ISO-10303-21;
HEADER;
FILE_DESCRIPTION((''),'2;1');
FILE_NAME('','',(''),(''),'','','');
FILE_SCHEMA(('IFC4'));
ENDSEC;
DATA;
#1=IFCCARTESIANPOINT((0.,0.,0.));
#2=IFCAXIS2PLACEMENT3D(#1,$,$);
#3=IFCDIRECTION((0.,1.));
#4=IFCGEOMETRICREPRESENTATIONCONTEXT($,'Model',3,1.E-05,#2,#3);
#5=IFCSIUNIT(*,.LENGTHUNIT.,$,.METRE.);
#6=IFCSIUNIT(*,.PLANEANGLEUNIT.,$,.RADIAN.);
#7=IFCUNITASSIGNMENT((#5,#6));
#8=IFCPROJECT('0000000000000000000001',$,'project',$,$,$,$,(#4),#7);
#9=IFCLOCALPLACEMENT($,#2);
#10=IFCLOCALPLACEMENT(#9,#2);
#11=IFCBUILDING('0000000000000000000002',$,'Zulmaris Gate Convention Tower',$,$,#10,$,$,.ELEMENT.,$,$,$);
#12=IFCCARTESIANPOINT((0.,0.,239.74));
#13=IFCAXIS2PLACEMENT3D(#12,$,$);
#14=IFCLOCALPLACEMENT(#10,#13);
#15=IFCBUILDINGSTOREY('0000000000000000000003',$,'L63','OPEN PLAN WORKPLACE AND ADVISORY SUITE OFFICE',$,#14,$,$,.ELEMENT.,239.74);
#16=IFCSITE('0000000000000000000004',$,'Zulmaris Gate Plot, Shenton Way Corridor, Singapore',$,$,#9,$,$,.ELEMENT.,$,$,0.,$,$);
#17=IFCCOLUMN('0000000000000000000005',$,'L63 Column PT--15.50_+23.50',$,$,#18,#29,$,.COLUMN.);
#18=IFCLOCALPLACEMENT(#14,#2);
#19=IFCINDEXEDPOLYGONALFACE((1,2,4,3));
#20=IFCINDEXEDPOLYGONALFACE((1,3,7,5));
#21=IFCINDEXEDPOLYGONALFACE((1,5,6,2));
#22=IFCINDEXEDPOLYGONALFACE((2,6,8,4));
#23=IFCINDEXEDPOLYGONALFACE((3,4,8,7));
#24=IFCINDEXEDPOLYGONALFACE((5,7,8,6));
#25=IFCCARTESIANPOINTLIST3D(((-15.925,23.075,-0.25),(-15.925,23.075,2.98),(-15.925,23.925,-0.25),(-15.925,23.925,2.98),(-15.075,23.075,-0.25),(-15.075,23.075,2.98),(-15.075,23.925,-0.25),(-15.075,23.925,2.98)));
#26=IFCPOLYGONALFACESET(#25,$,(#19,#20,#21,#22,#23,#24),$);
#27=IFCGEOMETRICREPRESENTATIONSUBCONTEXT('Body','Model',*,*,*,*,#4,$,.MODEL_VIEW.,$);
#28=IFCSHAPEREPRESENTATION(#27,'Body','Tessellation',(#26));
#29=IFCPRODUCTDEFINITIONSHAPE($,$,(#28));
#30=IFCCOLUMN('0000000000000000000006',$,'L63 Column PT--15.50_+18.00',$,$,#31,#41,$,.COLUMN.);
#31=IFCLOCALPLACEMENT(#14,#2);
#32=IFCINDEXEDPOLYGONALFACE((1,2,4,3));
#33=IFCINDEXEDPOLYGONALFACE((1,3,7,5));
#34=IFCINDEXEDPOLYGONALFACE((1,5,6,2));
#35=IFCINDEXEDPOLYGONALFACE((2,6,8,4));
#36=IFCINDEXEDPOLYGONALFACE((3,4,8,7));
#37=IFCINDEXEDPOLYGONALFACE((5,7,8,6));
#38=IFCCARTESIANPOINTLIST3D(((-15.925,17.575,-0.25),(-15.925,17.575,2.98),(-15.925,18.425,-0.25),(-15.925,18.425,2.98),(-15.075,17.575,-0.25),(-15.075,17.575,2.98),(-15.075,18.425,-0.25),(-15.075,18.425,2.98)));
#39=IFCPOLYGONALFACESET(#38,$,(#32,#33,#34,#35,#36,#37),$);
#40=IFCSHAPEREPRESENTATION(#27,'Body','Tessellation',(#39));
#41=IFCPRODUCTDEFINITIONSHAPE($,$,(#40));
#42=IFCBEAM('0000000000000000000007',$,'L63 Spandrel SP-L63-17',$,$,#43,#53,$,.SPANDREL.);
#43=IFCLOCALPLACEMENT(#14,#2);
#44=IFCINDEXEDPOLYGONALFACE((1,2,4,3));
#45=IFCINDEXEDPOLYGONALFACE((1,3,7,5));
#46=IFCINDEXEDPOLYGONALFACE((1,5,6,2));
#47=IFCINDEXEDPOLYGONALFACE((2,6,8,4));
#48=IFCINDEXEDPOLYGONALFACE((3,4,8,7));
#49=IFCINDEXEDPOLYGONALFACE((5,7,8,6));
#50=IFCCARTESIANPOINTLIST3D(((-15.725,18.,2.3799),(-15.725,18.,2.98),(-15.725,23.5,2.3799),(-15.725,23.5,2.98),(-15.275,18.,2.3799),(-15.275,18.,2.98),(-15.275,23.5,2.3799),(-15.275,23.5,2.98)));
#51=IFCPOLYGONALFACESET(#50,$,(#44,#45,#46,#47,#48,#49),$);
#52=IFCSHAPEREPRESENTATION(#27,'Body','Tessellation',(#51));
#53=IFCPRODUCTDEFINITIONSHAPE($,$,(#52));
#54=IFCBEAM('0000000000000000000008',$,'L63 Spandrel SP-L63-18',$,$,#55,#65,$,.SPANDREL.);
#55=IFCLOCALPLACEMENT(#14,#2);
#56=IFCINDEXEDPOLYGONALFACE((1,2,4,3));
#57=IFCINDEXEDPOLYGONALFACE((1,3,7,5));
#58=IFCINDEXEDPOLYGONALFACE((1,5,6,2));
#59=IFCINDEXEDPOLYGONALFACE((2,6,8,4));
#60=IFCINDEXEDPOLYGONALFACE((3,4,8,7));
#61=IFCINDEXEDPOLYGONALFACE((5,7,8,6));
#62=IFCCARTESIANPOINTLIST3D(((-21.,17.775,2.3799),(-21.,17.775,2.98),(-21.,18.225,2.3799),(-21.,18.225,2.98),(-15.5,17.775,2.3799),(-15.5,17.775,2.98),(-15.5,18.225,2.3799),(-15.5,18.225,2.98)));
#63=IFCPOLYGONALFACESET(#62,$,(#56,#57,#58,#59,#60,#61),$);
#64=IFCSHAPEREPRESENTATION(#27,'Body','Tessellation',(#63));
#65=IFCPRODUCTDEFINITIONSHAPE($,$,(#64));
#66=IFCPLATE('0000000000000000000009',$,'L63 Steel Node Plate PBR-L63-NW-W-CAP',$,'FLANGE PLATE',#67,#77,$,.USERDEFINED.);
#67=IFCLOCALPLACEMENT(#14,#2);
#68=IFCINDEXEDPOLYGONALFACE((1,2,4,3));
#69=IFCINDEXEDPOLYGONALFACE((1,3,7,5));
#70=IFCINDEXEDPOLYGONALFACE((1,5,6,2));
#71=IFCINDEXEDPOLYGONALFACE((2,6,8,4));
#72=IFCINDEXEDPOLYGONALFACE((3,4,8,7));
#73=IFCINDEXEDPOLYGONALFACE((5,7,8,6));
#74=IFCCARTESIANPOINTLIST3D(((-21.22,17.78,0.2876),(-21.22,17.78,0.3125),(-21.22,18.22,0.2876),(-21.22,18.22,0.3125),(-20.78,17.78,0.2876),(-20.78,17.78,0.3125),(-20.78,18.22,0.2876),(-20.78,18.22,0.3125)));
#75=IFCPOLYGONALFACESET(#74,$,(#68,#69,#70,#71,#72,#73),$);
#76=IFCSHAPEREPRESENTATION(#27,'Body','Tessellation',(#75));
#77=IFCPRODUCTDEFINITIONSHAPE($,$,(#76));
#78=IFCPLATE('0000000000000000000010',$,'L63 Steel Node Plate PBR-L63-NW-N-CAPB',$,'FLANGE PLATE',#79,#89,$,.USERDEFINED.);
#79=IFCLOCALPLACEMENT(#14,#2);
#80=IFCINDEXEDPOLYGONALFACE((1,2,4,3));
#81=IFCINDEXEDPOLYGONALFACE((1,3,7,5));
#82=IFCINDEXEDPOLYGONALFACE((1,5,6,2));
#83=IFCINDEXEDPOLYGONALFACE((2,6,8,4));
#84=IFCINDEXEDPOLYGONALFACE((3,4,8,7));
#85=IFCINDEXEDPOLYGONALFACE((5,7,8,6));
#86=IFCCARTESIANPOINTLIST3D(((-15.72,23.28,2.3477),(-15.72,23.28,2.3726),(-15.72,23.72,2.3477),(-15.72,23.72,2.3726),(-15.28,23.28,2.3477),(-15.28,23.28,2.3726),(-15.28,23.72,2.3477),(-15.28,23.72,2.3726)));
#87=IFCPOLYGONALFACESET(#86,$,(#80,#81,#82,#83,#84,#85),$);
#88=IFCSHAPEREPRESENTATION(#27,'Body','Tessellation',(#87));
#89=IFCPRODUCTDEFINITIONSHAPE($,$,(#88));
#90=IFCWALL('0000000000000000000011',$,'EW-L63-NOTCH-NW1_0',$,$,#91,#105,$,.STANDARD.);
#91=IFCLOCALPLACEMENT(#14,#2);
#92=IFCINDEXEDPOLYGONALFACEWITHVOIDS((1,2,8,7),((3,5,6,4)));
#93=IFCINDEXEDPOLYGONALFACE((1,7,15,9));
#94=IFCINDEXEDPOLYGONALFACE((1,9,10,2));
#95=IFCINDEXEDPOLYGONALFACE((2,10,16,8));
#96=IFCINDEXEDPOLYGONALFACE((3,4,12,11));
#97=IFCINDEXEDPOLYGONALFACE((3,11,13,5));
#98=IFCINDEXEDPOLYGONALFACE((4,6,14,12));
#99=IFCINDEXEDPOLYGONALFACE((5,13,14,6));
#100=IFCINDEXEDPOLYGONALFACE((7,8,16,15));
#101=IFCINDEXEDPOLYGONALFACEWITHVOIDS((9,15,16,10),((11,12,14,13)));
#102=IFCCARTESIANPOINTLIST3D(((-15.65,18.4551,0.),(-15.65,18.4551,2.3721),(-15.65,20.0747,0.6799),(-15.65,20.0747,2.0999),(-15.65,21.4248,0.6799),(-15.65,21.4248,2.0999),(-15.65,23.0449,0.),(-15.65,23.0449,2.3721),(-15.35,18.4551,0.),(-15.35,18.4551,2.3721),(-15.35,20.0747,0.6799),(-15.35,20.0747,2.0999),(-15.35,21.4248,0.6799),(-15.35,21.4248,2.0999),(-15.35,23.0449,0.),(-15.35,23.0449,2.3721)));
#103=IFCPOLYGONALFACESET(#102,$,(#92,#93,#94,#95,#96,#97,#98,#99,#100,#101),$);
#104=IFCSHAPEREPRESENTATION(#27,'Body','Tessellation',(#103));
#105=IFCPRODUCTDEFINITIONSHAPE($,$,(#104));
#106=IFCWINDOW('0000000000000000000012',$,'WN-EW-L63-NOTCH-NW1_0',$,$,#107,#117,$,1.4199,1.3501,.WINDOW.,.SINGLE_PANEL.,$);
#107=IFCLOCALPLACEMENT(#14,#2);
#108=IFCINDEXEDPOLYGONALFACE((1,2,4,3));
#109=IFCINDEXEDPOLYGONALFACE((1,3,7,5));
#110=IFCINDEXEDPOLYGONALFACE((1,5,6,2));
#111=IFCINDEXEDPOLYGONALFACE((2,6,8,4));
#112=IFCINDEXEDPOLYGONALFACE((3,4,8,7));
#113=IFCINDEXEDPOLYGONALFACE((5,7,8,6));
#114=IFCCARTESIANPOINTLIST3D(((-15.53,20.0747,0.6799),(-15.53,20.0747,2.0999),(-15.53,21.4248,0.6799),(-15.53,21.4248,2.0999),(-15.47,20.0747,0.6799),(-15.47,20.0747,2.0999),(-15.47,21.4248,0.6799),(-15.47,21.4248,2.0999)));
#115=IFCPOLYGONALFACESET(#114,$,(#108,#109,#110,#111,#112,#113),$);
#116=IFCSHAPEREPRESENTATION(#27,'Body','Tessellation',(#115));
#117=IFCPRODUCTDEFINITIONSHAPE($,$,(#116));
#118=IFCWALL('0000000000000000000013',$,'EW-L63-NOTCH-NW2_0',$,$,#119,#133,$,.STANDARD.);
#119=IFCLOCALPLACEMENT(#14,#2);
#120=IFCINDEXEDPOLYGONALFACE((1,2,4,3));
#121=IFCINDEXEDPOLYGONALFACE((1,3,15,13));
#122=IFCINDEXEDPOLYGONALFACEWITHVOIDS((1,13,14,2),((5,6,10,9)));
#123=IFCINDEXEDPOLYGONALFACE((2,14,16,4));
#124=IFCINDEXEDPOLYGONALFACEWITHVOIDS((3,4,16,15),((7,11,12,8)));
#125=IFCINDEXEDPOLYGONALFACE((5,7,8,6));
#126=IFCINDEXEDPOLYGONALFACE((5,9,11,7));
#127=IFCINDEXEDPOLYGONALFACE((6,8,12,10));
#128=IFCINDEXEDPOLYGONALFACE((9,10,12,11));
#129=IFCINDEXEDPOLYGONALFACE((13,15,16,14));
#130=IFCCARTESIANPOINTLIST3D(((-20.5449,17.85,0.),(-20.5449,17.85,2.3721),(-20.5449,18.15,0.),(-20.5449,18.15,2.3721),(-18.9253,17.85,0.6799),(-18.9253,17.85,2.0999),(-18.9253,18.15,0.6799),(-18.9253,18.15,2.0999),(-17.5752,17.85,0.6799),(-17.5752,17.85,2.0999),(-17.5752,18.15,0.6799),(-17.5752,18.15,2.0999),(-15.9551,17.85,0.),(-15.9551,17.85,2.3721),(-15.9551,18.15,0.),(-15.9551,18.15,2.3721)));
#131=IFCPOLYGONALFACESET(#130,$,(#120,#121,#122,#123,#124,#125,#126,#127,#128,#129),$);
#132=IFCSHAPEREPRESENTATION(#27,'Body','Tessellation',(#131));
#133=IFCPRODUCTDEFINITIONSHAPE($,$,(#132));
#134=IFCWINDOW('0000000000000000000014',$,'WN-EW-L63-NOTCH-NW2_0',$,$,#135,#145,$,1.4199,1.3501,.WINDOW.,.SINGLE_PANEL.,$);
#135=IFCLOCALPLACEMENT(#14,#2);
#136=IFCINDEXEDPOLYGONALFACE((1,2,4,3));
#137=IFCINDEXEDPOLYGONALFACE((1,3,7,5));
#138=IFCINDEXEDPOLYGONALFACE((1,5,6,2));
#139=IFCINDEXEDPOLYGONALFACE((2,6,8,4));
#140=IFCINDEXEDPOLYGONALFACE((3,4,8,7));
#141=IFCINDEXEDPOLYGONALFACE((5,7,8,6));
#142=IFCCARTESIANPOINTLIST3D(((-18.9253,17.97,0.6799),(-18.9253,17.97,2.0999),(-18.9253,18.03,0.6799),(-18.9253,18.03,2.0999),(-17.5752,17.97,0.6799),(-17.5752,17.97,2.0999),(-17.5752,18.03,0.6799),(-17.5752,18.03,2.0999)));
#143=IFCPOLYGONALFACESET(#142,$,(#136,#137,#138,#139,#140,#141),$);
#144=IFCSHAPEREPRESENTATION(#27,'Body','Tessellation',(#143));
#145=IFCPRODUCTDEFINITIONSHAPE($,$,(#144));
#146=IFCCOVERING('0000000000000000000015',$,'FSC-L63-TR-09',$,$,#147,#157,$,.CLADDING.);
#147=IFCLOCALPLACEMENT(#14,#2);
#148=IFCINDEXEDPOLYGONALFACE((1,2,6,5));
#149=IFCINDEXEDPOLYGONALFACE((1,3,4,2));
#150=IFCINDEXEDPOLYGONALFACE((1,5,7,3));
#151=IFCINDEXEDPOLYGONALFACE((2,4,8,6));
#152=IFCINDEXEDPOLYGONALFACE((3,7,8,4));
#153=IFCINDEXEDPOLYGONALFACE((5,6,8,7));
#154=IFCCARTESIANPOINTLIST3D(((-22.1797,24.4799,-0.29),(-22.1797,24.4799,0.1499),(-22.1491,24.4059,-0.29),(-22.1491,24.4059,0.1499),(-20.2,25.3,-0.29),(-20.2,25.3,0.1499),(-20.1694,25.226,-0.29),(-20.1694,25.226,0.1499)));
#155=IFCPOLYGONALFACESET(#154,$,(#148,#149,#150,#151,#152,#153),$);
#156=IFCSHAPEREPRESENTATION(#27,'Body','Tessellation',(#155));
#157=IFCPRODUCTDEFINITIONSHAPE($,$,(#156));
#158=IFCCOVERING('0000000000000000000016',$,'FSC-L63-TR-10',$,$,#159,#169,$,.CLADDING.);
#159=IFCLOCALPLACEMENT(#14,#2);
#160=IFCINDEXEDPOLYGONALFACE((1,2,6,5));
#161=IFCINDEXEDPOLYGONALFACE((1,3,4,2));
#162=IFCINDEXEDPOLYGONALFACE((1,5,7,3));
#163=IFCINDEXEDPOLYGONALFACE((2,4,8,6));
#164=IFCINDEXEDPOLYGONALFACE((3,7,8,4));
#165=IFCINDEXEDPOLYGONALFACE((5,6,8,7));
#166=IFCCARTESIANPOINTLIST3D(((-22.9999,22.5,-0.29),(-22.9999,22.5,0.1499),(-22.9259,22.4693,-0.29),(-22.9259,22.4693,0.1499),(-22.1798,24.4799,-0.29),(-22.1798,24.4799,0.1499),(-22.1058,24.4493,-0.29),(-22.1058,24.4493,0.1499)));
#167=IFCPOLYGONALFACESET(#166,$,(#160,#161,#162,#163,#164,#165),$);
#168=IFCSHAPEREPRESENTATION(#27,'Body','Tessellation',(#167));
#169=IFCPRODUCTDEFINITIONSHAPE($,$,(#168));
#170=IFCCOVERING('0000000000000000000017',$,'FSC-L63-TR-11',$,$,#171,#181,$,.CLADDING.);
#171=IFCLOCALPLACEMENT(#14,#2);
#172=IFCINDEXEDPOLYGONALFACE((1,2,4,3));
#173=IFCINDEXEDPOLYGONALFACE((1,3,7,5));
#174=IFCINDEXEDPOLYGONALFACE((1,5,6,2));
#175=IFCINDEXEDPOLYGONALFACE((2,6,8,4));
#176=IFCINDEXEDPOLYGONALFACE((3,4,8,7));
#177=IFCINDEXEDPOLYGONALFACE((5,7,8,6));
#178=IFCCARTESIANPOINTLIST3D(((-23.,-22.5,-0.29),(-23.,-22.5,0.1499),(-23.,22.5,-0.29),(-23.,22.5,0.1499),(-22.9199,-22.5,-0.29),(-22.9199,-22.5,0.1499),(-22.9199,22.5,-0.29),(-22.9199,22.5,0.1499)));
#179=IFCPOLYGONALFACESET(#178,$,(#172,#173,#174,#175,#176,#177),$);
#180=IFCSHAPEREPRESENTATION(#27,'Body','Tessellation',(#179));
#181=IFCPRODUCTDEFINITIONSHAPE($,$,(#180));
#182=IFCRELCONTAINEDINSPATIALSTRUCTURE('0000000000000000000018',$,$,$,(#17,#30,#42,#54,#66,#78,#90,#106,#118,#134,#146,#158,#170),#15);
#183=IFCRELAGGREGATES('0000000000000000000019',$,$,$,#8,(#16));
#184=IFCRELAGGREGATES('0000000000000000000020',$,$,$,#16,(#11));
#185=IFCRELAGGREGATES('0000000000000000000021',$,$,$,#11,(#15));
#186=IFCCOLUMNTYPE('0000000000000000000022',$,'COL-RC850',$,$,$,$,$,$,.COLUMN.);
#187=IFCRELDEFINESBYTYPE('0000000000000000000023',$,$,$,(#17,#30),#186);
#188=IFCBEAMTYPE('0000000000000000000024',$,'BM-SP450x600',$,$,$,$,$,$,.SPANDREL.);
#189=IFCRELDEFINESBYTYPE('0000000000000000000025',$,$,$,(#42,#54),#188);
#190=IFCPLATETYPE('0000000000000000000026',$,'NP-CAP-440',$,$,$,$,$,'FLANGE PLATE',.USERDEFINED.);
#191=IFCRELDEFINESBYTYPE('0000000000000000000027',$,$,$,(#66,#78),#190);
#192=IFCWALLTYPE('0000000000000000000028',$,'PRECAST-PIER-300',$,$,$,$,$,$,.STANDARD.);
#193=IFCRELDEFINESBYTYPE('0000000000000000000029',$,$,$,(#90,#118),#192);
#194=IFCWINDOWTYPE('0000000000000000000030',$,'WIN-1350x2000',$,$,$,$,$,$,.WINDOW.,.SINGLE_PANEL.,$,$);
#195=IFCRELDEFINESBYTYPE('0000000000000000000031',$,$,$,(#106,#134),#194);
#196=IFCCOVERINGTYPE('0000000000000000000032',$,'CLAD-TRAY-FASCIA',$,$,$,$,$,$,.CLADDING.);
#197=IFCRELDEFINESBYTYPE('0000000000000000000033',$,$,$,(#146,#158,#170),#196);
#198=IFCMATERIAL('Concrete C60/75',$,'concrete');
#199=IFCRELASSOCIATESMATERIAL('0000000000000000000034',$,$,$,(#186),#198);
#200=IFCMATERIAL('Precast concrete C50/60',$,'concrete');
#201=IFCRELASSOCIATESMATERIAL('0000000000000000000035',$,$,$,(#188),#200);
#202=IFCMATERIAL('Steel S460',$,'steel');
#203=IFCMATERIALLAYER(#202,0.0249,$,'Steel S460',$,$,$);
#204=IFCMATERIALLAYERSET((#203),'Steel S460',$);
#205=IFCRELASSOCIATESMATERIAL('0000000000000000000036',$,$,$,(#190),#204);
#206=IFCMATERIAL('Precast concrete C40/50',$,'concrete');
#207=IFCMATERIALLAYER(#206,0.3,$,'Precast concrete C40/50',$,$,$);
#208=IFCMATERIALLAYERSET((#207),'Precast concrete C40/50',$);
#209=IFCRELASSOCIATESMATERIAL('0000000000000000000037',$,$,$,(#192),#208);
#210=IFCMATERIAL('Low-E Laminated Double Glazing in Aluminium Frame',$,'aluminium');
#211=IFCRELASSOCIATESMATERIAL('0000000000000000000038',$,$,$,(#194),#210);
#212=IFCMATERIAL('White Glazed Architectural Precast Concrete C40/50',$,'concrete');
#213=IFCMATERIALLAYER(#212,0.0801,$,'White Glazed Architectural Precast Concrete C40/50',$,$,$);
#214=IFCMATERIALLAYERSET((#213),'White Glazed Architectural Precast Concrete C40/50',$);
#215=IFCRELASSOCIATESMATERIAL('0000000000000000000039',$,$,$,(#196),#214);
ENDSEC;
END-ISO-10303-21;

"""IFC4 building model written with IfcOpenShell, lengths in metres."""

from ifc_helpers import new_model, si_unit, direction, frame, frame_2d, origin, origin_2d, place, context, subcontext, project, spatial, rectangle, extrude, material, layer, layer_set, material_profile, profile_set, type_object, element, fill, save


model = new_model("IFC4")

# Units and contexts
model_context = context("Model", 3, precision=1e-05, world=origin(), true_north=direction((0.0, 1.0)))
body_context = subcontext(model_context, "Body", "Model", "MODEL_VIEW")
ifc_project = project(units=[si_unit("LENGTHUNIT", "METRE"), si_unit("PLANEANGLEUNIT", "RADIAN")], contexts=[model_context])

# Site, building, storey
site_placement = place(None, origin())
site = spatial("IfcSite", under=ifc_project, at=site_placement, Name="Zulmaris Gate Plot, Shenton Way Corridor, Singapore", CompositionType="ELEMENT", RefElevation=0.0)
building_placement = place(site_placement, origin())
building = spatial("IfcBuilding", under=site, at=building_placement, Name="Zulmaris Gate Convention Tower", CompositionType="ELEMENT")
storey_placement = place(building_placement, frame((0.0, 0.0, 239.74)))
storey = spatial("IfcBuildingStorey", under=building, at=storey_placement, Name="L63", Description="OPEN PLAN WORKPLACE AND ADVISORY SUITE OFFICE", CompositionType="ELEMENT", Elevation=239.74)

# Columns
ifc_material_1 = material(Name="Concrete C60/75", Category="concrete")
ifc_material_profile_1 = material_profile(ifc_material_1, rectangle(XDim=0.8501, YDim=0.8501, at=origin_2d()), Name="RC COL 850x850")
ifc_profile_set_1 = profile_set([ifc_material_profile_1], Name="Concrete C60/75")
column_type = type_object("IfcColumnType", Name="COL-RC850", PredefinedType="COLUMN", material=ifc_profile_set_1)
for number, where, z_axis, x_axis, name in (
    (1, (-15.5, 23.5, -0.25), (0.0, 0.0, 1.0), (1.0, 0.0, 0.0), "L63 Column PT--15.50_+23.50"),
    (2, (-15.5, 18.0, -0.25), (0.0, 0.0, 1.0), (1.0, 0.0, 0.0), "L63 Column PT--15.50_+18.00"),
):
    element("IfcColumn", number, at=place(storey_placement, frame(where, z_axis=z_axis, x_axis=x_axis)), inside=storey, type_object=column_type, Name=name, PredefinedType="COLUMN", context=body_context, shape_type="SweptSolid", body=[
        extrude(rectangle(XDim=0.8501, YDim=0.8501, at=origin_2d()), origin(), (0.0, 0.0, 1.0), 3.23),
    ])

# Beams
ifc_material_2 = material(Name="Precast concrete C50/60", Category="concrete")
ifc_material_profile_2 = material_profile(ifc_material_2, rectangle(XDim=0.45, YDim=0.6001, at=origin_2d()), Name="RC SPANDREL 450x600")
ifc_profile_set_2 = profile_set([ifc_material_profile_2], Name="Precast concrete C50/60")
beam_type = type_object("IfcBeamType", Name="BM-SP450x600", PredefinedType="SPANDREL", material=ifc_profile_set_2)
for number, where, z_axis, x_axis, name in (
    (3, (-15.5, 23.5, 2.6799), (0.0, -1.0, 0.0), (1.0, 0.0, 0.0), "L63 Spandrel SP-L63-17"),
    (4, (-15.5, 18.0, 2.6799), (-1.0, 0.0, 0.0), (0.0, -1.0, 0.0), "L63 Spandrel SP-L63-18"),
):
    element("IfcBeam", number, at=place(storey_placement, frame(where, z_axis=z_axis, x_axis=x_axis)), inside=storey, type_object=beam_type, Name=name, PredefinedType="SPANDREL", context=body_context, shape_type="SweptSolid", body=[
        extrude(rectangle(XDim=0.45, YDim=0.6001, at=origin_2d()), origin(), (0.0, 0.0, 1.0), 5.5),
    ])

# Plates
ifc_material_3 = material(Name="Steel S460", Category="steel")
ifc_layer_1 = layer(ifc_material_3, 0.0249, Name="Steel S460")
ifc_layer_set_1 = layer_set([ifc_layer_1], Name="Steel S460")
plate_type = type_object("IfcPlateType", Name="NP-CAP-440", ElementType="FLANGE PLATE", PredefinedType="USERDEFINED", material=ifc_layer_set_1)
for number, where, z_axis, x_axis, name in (
    (5, (-21.0, 18.0, 0.2876), (0.0, 0.0, 1.0), (1.0, 0.0, 0.0), "L63 Steel Node Plate PBR-L63-NW-W-CAP"),
    (6, (-15.5, 23.5, 2.3477), (0.0, 0.0, 1.0), (1.0, 0.0, 0.0), "L63 Steel Node Plate PBR-L63-NW-N-CAPB"),
):
    element("IfcPlate", number, at=place(storey_placement, frame(where, z_axis=z_axis, x_axis=x_axis)), inside=storey, type_object=plate_type, Name=name, ObjectType="FLANGE PLATE", PredefinedType="USERDEFINED", context=body_context, shape_type="SweptSolid", body=[
        extrude(rectangle(XDim=0.4399, YDim=0.4399, at=origin_2d()), origin(), (0.0, 0.0, 1.0), 0.0249),
    ])

# Walls, openings, windows
ifc_material_4 = material(Name="Precast concrete C40/50", Category="concrete")
ifc_layer_2 = layer(ifc_material_4, 0.3, Name="Precast concrete C40/50")
ifc_layer_set_2 = layer_set([ifc_layer_2], Name="Precast concrete C40/50")
wall_type = type_object("IfcWallType", Name="PRECAST-PIER-300", PredefinedType="STANDARD", material=ifc_layer_set_2)
wall_1_placement = place(storey_placement, frame((-15.5, 23.0449, 0.0), z_axis=(0.0, 0.0, 1.0), x_axis=(0.0, -1.0, 0.0)))
wall_1 = element("IfcWall", 7, at=wall_1_placement, inside=storey, type_object=wall_type, Name="EW-L63-NOTCH-NW1_0", PredefinedType="STANDARD", context=body_context, shape_type="SweptSolid", body=[
    extrude(rectangle(XDim=4.5898, YDim=0.3, at=frame_2d((2.2949, 0.0))), origin(), (0.0, 0.0, 1.0), 2.3721),
])
opening_1_placement = place(wall_1_placement, frame((1.6201, 0.0, 0.6799)))
opening_1 = element("IfcOpeningElement", 8, at=opening_1_placement, cuts=wall_1, PredefinedType="OPENING", context=body_context, shape_type="SweptSolid", body=[
    extrude(rectangle(XDim=1.3501, YDim=1.4199, at=frame_2d((0.675, 0.71))), frame((0.0, 0.1602, 0.0), z_axis=(0.0, -1.0, 0.0), x_axis=(1.0, 0.0, 0.0)), (0.0, 0.0, 1.0), 0.3201),
])
ifc_material_5 = material(Name="Low-E Laminated Double Glazing in Aluminium Frame", Category="aluminium")
window_type = type_object("IfcWindowType", Name="WIN-1350x2000", PartitioningType="SINGLE_PANEL", PredefinedType="WINDOW", material=ifc_material_5)
window_1_placement = place(opening_1_placement, origin())
window_1 = element("IfcWindow", 9, at=window_1_placement, inside=storey, type_object=window_type, Name="WN-EW-L63-NOTCH-NW1_0", OverallHeight=1.4199, OverallWidth=1.3501, PartitioningType="SINGLE_PANEL", PredefinedType="WINDOW", context=body_context, shape_type="SweptSolid", body=[
    extrude(rectangle(XDim=1.3501, YDim=1.4199, at=frame_2d((0.675, 0.71))), frame((0.0, 0.03, 0.0), z_axis=(0.0, -1.0, 0.0), x_axis=(1.0, 0.0, 0.0)), (0.0, 0.0, 1.0), 0.0601),
])
fill(opening_1, window_1)
wall_2_placement = place(storey_placement, frame((-15.9551, 18.0, 0.0), z_axis=(0.0, 0.0, 1.0), x_axis=(-1.0, 0.0, 0.0)))
wall_2 = element("IfcWall", 10, at=wall_2_placement, inside=storey, type_object=wall_type, Name="EW-L63-NOTCH-NW2_0", PredefinedType="STANDARD", context=body_context, shape_type="SweptSolid", body=[
    extrude(rectangle(XDim=4.5898, YDim=0.3, at=frame_2d((2.2949, 0.0))), origin(), (0.0, 0.0, 1.0), 2.3721),
])
opening_2_placement = place(wall_2_placement, frame((1.6201, 0.0, 0.6799)))
opening_2 = element("IfcOpeningElement", 11, at=opening_2_placement, cuts=wall_2, PredefinedType="OPENING", context=body_context, shape_type="SweptSolid", body=[
    extrude(rectangle(XDim=1.3501, YDim=1.4199, at=frame_2d((0.675, 0.71))), frame((0.0, 0.1602, 0.0), z_axis=(0.0, -1.0, 0.0), x_axis=(1.0, 0.0, 0.0)), (0.0, 0.0, 1.0), 0.3201),
])
window_2_placement = place(opening_2_placement, origin())
window_2 = element("IfcWindow", 12, at=window_2_placement, inside=storey, type_object=window_type, Name="WN-EW-L63-NOTCH-NW2_0", OverallHeight=1.4199, OverallWidth=1.3501, PartitioningType="SINGLE_PANEL", PredefinedType="WINDOW", context=body_context, shape_type="SweptSolid", body=[
    extrude(rectangle(XDim=1.3501, YDim=1.4199, at=frame_2d((0.675, 0.71))), frame((0.0, 0.03, 0.0), z_axis=(0.0, -1.0, 0.0), x_axis=(1.0, 0.0, 0.0)), (0.0, 0.0, 1.0), 0.0601),
])
fill(opening_2, window_2)

# Coverings
ifc_material_6 = material(Name="White Glazed Architectural Precast Concrete C40/50", Category="concrete")
ifc_layer_3 = layer(ifc_material_6, 0.0801, Name="White Glazed Architectural Precast Concrete C40/50")
ifc_layer_set_3 = layer_set([ifc_layer_3], Name="White Glazed Architectural Precast Concrete C40/50")
covering_type = type_object("IfcCoveringType", Name="CLAD-TRAY-FASCIA", PredefinedType="CLADDING", material=ifc_layer_set_3)
covering_1_placement = place(storey_placement, frame((-20.1848, 25.2629, -0.29), z_axis=(0.0, 0.0, 1.0), x_axis=(-0.923874, -0.382697, 0.0)))
element("IfcCovering", 13, at=covering_1_placement, inside=storey, type_object=covering_type, Name="FSC-L63-TR-09", PredefinedType="CLADDING", context=body_context, shape_type="SweptSolid", body=[
    extrude(rectangle(XDim=2.1428, YDim=0.0801, at=frame_2d((1.0713, 0.0))), origin(), (0.0, 0.0, 1.0), 0.4399),
])
covering_2_placement = place(storey_placement, frame((-22.1428, 24.4646, -0.29), z_axis=(0.0, 0.0, 1.0), x_axis=(-0.382657, -0.92389, 0.0)))
element("IfcCovering", 14, at=covering_2_placement, inside=storey, type_object=covering_type, Name="FSC-L63-TR-10", PredefinedType="CLADDING", context=body_context, shape_type="SweptSolid", body=[
    extrude(rectangle(XDim=2.1431, YDim=0.0801, at=frame_2d((1.0715, 0.0))), origin(), (0.0, 0.0, 1.0), 0.4399),
])
covering_3_placement = place(storey_placement, frame((-22.96, 22.5, -0.29), z_axis=(0.0, 0.0, 1.0), x_axis=(0.0, -1.0, 0.0)))
element("IfcCovering", 15, at=covering_3_placement, inside=storey, type_object=covering_type, Name="FSC-L63-TR-11", PredefinedType="CLADDING", context=body_context, shape_type="SweptSolid", body=[
    extrude(rectangle(XDim=45.0, YDim=0.0801, at=frame_2d((22.5, 0.0))), origin(), (0.0, 0.0, 1.0), 0.4399),
])

save(model, "model.ifc")
